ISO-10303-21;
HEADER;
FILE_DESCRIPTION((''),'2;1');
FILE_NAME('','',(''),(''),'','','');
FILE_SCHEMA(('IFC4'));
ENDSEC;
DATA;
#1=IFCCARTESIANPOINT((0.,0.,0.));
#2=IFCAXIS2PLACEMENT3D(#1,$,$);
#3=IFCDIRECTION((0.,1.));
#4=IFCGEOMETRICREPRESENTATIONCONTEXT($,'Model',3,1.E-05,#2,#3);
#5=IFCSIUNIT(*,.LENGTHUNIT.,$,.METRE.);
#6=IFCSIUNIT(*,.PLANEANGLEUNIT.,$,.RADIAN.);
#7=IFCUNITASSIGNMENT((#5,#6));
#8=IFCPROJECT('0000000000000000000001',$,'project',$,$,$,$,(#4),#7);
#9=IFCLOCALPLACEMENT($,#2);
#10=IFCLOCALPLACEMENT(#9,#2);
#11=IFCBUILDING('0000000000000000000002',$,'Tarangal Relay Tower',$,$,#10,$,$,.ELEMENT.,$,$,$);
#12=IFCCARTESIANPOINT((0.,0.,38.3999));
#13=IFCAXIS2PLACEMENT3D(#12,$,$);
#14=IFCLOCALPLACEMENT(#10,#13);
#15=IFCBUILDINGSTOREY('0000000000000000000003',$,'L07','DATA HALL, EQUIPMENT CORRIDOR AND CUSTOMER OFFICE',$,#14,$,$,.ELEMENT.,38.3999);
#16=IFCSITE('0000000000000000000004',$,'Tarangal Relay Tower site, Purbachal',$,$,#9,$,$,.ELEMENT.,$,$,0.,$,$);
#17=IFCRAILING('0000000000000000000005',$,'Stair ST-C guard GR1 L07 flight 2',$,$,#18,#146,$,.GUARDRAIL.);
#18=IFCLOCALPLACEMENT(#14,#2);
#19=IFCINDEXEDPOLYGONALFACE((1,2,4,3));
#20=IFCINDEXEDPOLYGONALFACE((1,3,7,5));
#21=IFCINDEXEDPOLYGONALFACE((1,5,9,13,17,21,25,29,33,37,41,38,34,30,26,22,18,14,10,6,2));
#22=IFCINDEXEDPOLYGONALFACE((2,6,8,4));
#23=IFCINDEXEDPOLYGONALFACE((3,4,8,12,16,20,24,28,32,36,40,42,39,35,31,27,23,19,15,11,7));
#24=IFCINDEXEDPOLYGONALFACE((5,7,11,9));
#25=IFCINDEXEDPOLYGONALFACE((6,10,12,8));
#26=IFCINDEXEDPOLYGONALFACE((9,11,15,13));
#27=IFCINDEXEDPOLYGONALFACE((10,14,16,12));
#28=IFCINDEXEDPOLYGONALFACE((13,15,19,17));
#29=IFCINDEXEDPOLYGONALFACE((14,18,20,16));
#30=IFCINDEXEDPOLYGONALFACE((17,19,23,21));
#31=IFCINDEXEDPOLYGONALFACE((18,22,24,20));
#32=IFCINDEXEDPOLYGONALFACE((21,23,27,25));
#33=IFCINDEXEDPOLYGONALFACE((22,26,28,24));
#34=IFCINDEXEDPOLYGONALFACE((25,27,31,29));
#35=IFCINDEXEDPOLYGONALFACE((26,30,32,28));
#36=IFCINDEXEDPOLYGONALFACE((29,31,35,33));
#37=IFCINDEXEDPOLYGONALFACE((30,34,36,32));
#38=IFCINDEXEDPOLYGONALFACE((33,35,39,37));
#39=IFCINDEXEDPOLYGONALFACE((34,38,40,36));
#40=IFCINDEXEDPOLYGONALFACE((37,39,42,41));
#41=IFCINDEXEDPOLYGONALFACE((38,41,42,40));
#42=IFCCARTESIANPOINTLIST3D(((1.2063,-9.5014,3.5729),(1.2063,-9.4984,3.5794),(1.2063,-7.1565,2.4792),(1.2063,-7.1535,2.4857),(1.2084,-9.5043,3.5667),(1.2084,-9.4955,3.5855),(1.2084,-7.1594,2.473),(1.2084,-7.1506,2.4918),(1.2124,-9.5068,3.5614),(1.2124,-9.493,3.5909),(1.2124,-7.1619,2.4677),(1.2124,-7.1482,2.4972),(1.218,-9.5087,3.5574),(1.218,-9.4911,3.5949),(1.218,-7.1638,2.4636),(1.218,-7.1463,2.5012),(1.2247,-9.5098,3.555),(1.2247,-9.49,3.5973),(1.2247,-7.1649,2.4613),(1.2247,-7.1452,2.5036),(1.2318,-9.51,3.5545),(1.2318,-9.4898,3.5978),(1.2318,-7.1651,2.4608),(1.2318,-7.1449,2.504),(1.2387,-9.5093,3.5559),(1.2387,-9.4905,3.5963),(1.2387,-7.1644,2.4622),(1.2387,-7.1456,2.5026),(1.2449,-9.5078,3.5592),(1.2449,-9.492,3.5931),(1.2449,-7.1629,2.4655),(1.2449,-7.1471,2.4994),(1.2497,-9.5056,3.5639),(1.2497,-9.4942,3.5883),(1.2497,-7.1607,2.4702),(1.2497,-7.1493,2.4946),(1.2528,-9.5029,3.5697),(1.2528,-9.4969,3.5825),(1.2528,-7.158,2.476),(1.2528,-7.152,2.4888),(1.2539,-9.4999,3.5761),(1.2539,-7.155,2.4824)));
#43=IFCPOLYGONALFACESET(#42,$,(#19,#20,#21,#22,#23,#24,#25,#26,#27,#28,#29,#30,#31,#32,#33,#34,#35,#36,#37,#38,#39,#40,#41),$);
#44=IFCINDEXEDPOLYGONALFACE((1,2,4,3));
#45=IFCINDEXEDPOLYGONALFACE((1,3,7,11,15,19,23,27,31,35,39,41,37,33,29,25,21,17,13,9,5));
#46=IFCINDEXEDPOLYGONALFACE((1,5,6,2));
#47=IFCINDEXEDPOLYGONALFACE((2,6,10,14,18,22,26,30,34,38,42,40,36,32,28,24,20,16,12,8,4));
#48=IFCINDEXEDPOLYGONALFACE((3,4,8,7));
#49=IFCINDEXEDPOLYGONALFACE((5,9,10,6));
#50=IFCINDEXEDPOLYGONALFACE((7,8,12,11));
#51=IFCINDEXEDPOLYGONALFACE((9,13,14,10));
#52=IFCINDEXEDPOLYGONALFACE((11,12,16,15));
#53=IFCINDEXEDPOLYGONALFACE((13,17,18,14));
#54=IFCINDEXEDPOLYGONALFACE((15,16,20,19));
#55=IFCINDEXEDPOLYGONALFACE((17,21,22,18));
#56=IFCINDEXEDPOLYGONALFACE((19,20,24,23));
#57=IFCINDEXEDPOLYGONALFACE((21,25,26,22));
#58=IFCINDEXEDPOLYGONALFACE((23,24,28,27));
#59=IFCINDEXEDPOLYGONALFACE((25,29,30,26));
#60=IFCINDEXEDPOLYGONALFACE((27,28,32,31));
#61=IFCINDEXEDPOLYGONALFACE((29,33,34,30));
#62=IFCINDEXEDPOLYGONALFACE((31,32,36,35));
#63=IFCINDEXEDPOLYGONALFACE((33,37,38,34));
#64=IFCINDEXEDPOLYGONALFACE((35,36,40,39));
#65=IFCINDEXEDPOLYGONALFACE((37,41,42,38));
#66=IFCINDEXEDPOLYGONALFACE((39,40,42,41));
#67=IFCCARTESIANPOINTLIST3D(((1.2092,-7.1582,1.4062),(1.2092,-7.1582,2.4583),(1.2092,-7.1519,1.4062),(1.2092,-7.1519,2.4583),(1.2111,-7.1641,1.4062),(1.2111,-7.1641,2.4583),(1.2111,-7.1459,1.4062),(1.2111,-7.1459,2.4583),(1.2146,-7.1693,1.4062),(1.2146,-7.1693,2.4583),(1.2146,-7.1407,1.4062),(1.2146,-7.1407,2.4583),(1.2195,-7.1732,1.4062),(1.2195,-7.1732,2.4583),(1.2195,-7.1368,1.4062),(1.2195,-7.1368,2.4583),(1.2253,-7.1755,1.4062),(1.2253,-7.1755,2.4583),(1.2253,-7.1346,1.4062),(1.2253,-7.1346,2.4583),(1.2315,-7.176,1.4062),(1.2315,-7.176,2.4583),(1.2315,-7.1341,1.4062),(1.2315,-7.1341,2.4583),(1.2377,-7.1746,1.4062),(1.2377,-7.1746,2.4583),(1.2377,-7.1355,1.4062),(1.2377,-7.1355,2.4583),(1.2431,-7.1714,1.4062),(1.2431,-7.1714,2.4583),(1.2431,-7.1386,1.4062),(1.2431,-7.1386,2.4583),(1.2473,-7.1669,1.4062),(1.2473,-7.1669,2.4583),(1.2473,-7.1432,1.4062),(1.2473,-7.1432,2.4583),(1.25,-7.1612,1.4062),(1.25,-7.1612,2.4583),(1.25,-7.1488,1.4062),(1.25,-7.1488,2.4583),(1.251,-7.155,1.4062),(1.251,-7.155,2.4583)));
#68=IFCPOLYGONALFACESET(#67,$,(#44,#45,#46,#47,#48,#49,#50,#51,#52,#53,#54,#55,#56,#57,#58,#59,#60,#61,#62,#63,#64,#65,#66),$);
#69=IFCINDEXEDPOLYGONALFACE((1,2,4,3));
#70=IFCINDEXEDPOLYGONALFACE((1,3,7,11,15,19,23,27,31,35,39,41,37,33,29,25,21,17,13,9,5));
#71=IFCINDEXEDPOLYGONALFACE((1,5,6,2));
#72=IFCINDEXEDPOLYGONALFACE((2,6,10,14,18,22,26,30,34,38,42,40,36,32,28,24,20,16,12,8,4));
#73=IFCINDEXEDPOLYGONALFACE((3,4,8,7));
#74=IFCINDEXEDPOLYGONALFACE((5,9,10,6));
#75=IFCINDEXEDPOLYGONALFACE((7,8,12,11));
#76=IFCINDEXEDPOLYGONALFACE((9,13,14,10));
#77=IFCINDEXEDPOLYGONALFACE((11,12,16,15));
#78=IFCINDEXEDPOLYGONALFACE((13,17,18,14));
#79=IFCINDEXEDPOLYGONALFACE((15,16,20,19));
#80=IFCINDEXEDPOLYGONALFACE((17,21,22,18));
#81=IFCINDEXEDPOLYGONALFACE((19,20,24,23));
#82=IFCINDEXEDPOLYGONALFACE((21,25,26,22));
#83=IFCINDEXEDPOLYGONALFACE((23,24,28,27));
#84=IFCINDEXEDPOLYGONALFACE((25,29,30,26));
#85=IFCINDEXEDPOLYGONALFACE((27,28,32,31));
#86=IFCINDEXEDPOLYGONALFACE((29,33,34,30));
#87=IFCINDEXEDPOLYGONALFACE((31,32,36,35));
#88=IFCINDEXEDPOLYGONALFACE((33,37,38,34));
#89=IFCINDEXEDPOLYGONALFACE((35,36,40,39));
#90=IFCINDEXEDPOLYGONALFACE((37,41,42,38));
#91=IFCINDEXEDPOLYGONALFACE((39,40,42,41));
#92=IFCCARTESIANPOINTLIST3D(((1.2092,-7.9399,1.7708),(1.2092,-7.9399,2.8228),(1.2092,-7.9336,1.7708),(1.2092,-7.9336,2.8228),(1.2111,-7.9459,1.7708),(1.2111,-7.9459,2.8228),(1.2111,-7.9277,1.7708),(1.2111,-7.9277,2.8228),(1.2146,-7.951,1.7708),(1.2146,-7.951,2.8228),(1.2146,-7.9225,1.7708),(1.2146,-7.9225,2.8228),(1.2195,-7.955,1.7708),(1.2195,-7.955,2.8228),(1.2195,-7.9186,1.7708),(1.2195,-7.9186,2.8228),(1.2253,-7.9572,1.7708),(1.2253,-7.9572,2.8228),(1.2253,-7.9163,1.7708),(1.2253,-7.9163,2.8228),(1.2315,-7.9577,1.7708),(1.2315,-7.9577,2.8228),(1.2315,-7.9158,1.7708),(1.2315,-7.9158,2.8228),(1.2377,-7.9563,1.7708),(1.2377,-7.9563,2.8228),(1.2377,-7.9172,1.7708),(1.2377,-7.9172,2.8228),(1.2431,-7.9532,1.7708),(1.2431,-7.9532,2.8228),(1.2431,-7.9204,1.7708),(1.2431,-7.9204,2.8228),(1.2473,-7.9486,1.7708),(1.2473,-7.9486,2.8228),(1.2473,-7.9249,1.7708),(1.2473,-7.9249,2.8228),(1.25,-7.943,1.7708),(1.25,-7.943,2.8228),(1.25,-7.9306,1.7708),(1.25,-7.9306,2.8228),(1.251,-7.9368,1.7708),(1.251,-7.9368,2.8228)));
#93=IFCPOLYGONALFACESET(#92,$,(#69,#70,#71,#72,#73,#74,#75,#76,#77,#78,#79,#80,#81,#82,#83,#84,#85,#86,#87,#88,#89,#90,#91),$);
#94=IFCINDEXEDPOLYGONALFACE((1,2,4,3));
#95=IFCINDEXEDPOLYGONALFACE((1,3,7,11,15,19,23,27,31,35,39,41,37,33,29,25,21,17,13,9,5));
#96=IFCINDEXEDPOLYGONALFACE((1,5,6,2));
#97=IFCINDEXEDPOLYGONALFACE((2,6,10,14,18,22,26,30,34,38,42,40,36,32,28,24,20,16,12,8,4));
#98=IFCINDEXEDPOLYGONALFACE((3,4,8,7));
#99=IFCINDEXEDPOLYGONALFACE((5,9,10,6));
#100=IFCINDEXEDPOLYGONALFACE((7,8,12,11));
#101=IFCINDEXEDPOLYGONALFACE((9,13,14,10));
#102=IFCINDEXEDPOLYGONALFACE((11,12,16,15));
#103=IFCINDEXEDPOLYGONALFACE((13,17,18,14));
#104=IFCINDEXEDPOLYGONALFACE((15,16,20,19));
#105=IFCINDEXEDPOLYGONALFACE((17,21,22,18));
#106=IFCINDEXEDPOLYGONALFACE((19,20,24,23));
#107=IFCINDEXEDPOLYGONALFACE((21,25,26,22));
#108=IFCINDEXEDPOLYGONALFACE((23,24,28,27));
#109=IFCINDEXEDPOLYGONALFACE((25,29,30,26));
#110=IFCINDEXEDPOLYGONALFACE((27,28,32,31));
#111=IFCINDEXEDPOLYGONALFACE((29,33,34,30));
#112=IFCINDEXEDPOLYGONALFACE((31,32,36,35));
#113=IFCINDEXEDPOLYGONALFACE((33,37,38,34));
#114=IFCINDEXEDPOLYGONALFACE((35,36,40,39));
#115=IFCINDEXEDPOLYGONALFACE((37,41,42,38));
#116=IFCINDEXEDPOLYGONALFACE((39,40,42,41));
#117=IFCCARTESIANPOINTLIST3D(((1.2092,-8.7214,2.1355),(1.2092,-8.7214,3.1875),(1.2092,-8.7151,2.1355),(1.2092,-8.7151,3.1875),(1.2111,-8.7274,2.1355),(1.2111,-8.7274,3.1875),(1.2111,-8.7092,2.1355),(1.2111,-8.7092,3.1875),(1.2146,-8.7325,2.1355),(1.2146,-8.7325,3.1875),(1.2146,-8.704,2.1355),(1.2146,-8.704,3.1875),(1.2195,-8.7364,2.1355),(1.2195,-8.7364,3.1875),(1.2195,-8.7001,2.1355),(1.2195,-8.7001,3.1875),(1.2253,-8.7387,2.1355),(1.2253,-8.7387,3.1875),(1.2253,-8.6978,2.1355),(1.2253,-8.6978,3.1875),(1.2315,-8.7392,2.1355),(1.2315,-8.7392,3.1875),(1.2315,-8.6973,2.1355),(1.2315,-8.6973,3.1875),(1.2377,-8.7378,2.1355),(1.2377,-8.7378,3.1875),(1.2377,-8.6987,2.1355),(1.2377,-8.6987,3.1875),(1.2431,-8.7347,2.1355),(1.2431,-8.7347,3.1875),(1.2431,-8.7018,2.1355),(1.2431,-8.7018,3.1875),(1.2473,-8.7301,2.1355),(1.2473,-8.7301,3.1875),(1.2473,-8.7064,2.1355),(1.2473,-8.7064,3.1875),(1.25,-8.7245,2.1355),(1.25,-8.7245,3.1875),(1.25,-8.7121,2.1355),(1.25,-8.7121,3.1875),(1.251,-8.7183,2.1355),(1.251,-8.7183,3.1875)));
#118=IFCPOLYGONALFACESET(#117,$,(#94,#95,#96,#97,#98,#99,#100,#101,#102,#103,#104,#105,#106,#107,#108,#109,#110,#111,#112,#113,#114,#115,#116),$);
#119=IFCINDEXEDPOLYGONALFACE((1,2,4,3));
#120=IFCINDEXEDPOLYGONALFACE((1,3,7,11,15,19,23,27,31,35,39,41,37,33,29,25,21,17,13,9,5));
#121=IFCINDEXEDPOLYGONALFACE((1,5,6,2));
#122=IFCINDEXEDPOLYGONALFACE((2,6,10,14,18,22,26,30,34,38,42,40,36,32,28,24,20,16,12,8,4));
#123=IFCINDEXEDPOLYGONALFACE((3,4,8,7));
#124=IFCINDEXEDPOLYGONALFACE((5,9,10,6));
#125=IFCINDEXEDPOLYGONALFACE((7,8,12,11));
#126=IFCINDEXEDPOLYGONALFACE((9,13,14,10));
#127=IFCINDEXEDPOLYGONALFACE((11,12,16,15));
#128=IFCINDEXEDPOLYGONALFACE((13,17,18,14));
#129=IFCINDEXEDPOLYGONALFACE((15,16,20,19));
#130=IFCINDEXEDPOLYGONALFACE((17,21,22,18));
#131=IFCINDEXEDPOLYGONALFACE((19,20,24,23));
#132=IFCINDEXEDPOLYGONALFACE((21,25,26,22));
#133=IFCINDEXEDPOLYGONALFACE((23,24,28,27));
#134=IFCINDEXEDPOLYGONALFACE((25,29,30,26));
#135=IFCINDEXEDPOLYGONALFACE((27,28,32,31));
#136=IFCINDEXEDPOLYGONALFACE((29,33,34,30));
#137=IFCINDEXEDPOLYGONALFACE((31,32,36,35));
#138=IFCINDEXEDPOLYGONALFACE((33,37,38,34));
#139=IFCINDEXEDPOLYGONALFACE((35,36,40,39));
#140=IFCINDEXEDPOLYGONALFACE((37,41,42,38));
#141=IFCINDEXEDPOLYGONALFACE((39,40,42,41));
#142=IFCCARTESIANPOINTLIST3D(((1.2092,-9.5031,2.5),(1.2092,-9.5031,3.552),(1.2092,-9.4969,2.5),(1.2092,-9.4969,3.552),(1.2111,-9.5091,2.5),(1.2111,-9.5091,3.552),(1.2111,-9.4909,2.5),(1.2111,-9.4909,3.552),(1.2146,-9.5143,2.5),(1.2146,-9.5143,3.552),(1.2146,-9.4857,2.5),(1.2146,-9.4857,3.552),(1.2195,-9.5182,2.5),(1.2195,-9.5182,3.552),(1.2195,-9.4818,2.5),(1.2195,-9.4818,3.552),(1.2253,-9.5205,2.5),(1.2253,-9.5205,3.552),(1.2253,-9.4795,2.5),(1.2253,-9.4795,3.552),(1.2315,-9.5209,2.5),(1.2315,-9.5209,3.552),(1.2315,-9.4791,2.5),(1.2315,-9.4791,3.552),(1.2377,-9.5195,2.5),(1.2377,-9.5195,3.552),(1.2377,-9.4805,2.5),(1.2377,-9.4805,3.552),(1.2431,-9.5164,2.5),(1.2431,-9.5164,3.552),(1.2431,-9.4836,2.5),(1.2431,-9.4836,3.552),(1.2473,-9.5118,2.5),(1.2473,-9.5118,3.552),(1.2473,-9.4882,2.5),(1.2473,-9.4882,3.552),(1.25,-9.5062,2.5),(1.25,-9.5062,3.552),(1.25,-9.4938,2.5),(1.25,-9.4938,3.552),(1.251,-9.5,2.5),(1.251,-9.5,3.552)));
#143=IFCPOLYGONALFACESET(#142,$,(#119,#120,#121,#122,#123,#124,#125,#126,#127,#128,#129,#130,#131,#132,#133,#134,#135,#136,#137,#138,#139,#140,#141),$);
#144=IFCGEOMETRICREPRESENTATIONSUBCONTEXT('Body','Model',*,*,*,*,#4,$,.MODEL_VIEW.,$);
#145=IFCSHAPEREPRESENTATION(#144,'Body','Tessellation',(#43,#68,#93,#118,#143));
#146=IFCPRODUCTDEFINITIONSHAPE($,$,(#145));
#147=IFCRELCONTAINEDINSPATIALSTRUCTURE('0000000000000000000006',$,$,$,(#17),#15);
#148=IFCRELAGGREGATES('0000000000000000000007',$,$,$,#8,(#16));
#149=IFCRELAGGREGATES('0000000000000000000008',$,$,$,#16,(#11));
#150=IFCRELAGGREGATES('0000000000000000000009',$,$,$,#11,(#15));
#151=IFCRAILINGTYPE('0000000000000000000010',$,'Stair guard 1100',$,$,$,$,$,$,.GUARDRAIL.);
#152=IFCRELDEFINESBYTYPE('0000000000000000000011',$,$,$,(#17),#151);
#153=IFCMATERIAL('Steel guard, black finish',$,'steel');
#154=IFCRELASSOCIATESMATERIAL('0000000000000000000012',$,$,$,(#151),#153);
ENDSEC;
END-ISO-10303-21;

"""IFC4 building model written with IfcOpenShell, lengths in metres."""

from ifc_helpers import new_model, si_unit, direction, frame, origin, origin_2d, place, context, subcontext, project, spatial, circle, extrude, material, type_object, element, save


model = new_model("IFC4")

# Units and contexts
model_context = context("Model", 3, precision=1e-05, world=origin(), true_north=direction((0.0, 1.0)))
body_context = subcontext(model_context, "Body", "Model", "MODEL_VIEW")
ifc_project = project(units=[si_unit("LENGTHUNIT", "METRE"), si_unit("PLANEANGLEUNIT", "RADIAN")], contexts=[model_context])

# Site, building, storey
site_placement = place(None, origin())
site = spatial("IfcSite", under=ifc_project, at=site_placement, Name="Tarangal Relay Tower site, Purbachal", CompositionType="ELEMENT", RefElevation=0.0)
building_placement = place(site_placement, origin())
building = spatial("IfcBuilding", under=site, at=building_placement, Name="Tarangal Relay Tower", CompositionType="ELEMENT")
storey_placement = place(building_placement, frame((0.0, 0.0, 38.3999)))
storey = spatial("IfcBuildingStorey", under=building, at=storey_placement, Name="L07", Description="DATA HALL, EQUIPMENT CORRIDOR AND CUSTOMER OFFICE", CompositionType="ELEMENT", Elevation=38.3999)

# Railing
ifc_material_1 = material(Name="Steel guard, black finish", Category="steel")
railing_type_1 = type_object("IfcRailingType", Name="Stair guard 1100", PredefinedType="GUARDRAIL", material=ifc_material_1)
for number, where, name in (
    (1, (1.23, -7.155, 1.4062), "Stair ST-C guard GR1 L07 flight 2"),
):
    element("IfcRailing", number, at=place(storey_placement, frame(where)), inside=storey, type_object=railing_type_1, Name=name, PredefinedType="GUARDRAIL", context=body_context, shape_type="SweptSolid", body=[
        extrude(circle(Radius=0.0239, at=origin_2d()), frame((0.0, 0.0, 1.0762), z_axis=(0.0, -0.906267, 0.422705), x_axis=(1.0, 0.0, 0.0)), (0.0, 0.0, 1.0), 2.5874),
        extrude(circle(Radius=0.021, at=origin_2d()), origin(), (0.0, 0.0, 1.0), 1.052),
        extrude(circle(Radius=0.021, at=origin_2d()), frame((0.0, -0.7817, 0.3645)), (0.0, 0.0, 1.0), 1.052),
        extrude(circle(Radius=0.021, at=origin_2d()), frame((0.0, -1.5632, 0.7292)), (0.0, 0.0, 1.0), 1.052),
        extrude(circle(Radius=0.021, at=origin_2d()), frame((0.0, -2.345, 1.0938)), (0.0, 0.0, 1.0), 1.052),
    ])

save(model, "model.ifc")
